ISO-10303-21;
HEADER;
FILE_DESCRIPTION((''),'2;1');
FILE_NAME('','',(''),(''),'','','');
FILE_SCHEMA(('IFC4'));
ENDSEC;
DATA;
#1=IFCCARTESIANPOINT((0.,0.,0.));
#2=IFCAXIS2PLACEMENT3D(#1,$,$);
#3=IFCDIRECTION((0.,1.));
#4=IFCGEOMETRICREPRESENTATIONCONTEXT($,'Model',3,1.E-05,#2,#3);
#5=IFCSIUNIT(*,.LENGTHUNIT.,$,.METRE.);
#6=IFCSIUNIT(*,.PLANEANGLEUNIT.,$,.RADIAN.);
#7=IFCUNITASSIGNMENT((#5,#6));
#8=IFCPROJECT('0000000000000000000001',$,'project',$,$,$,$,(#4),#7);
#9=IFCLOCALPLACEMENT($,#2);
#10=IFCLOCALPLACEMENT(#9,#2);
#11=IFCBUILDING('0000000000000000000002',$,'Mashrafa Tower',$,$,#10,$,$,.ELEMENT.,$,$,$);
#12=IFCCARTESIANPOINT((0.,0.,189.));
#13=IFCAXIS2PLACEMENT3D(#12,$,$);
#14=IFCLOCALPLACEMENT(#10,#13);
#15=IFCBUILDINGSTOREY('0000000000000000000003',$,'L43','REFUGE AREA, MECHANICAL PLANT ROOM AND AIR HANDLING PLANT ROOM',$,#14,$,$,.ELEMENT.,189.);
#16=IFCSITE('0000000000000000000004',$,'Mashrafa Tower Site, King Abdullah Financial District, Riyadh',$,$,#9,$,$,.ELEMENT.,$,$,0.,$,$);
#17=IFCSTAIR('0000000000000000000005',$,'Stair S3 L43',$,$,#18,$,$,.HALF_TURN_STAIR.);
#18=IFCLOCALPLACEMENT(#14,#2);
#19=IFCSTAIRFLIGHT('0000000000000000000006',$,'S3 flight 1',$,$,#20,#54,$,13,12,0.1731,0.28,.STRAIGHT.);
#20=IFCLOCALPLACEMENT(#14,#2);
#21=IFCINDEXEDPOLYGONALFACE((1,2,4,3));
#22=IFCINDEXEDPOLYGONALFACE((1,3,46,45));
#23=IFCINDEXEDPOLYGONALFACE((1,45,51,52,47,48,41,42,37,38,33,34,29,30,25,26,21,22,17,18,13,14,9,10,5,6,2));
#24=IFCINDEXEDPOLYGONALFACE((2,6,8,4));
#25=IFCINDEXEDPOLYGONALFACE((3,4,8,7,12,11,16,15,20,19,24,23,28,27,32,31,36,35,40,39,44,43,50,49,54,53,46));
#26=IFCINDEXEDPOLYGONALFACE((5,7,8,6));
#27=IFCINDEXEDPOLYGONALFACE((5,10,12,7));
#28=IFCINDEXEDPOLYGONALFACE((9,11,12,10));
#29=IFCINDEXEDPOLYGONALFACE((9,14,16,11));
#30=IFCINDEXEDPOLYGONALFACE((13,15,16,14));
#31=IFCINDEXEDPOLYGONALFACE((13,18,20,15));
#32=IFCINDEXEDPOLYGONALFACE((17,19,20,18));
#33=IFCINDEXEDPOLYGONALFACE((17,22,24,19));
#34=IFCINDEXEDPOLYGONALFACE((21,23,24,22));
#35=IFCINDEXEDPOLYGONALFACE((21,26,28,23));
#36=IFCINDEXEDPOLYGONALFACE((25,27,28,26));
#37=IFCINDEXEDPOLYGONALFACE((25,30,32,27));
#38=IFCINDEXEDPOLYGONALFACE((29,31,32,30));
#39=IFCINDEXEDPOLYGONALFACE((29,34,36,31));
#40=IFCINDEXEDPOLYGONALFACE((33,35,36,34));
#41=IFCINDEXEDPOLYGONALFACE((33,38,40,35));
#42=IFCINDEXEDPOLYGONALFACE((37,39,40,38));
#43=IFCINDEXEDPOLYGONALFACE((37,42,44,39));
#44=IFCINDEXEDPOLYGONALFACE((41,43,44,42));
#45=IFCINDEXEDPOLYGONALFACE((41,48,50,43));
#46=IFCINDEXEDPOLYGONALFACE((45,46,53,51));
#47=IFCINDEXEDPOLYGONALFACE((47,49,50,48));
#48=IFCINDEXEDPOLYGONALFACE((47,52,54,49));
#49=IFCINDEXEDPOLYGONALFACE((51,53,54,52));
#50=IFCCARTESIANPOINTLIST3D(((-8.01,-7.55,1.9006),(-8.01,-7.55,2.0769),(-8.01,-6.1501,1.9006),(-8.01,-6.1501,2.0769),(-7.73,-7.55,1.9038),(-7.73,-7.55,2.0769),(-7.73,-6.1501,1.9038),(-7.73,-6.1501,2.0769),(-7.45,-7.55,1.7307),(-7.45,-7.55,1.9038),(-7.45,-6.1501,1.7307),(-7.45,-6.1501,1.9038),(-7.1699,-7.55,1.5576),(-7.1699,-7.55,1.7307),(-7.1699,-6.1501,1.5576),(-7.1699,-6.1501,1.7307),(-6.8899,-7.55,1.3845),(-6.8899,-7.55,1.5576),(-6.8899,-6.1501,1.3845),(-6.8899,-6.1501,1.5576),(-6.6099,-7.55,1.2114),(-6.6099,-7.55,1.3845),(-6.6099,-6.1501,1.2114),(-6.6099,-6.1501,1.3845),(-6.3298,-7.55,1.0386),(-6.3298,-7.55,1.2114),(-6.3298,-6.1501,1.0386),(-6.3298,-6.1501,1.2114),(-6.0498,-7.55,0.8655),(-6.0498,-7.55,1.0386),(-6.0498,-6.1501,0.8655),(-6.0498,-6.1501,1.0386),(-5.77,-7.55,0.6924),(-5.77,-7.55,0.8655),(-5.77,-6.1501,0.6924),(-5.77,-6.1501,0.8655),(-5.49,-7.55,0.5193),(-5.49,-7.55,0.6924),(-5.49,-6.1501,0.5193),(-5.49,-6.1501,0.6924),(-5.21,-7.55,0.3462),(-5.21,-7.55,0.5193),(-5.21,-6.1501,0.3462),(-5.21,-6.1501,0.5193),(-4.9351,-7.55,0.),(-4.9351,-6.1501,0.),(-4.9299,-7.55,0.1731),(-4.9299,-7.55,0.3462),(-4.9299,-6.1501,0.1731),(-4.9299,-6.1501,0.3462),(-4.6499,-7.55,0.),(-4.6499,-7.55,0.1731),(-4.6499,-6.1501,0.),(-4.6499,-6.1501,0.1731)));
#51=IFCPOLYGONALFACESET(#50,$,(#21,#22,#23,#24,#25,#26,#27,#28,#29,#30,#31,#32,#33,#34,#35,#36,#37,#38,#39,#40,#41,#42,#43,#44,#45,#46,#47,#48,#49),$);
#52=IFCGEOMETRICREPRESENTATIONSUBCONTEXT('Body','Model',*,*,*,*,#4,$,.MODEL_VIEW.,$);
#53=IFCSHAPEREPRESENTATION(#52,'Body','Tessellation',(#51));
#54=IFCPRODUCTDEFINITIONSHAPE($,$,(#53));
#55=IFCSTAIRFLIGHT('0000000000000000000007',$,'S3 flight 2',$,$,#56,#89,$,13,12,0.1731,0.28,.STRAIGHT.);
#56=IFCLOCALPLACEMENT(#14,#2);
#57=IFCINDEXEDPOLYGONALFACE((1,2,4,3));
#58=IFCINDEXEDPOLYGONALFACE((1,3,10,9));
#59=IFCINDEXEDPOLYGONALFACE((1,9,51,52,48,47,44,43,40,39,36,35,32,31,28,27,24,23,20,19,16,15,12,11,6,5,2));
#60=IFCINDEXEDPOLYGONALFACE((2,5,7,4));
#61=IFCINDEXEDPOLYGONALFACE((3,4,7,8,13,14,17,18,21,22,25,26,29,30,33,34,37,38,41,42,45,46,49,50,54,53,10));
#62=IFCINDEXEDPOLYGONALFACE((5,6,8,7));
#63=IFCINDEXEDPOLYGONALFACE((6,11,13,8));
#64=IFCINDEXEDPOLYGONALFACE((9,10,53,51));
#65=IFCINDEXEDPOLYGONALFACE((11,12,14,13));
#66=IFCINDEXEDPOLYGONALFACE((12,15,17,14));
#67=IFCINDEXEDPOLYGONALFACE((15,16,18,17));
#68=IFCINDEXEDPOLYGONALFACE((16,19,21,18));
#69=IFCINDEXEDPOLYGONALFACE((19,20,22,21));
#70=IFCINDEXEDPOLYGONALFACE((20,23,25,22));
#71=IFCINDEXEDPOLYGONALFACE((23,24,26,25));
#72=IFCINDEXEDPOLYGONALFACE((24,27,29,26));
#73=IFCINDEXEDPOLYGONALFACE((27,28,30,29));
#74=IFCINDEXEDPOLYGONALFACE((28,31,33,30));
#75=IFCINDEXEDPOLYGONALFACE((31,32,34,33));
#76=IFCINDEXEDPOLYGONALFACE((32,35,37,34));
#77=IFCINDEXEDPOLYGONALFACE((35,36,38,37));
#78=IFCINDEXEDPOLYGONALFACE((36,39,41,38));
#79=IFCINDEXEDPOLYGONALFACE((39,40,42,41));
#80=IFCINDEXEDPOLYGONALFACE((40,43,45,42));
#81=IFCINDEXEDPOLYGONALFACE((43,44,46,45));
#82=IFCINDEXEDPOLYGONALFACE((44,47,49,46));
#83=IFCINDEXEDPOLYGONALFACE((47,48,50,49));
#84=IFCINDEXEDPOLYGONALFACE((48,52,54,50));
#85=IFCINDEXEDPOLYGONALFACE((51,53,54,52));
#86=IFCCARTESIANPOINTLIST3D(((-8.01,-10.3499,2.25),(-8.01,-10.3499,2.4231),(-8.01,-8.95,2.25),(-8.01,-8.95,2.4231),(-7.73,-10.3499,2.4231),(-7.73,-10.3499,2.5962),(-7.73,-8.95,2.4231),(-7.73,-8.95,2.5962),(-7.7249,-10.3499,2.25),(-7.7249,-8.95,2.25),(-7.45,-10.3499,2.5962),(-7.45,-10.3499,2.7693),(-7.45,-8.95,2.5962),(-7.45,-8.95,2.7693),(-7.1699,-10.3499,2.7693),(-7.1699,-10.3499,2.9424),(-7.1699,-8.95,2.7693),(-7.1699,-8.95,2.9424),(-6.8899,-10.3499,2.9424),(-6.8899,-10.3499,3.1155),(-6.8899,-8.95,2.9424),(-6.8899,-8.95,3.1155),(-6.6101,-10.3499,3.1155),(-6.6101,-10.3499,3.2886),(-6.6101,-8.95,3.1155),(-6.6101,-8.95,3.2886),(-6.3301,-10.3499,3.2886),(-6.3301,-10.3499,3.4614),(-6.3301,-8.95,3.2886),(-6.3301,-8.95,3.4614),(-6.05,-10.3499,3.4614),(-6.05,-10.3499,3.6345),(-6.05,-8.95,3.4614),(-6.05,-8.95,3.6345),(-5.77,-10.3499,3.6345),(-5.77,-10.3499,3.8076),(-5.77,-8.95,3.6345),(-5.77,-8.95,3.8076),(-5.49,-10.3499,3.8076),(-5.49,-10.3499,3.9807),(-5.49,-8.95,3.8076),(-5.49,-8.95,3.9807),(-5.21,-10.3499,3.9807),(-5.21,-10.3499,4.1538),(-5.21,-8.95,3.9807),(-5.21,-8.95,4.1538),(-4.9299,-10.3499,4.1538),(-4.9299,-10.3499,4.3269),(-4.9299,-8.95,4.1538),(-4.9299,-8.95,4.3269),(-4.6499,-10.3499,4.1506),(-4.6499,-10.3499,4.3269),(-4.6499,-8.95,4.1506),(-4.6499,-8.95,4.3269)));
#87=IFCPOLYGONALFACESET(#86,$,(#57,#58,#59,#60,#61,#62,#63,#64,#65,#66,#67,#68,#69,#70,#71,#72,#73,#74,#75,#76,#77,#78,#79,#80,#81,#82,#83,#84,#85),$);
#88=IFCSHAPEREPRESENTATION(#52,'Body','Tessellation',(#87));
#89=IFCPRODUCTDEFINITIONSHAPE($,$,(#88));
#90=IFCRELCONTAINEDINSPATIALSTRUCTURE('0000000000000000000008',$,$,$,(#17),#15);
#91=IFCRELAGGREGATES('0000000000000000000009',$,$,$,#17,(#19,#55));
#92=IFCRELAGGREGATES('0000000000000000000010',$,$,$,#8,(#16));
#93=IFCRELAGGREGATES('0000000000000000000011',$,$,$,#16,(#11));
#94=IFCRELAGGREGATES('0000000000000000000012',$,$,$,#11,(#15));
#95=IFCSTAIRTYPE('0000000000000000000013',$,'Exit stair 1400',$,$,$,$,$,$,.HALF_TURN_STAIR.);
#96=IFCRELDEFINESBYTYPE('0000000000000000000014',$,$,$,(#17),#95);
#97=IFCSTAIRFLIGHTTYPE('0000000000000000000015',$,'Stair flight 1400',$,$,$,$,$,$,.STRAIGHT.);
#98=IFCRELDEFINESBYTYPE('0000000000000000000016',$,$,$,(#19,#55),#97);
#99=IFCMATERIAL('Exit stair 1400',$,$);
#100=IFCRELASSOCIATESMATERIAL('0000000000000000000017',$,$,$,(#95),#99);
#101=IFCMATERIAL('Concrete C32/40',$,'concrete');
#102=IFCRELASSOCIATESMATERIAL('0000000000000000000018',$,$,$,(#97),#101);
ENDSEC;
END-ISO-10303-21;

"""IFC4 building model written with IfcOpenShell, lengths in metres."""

from ifc_helpers import new_model, si_unit, direction, frame, origin, place, context, subcontext, project, spatial, polyline, outline, extrude, material, type_object, element, aggregate, save


model = new_model("IFC4")

# Units and contexts
model_context = context("Model", 3, precision=1e-05, world=origin(), true_north=direction((0.0, 1.0)))
body_context = subcontext(model_context, "Body", "Model", "MODEL_VIEW")
ifc_project = project(units=[si_unit("LENGTHUNIT", "METRE"), si_unit("PLANEANGLEUNIT", "RADIAN")], contexts=[model_context])

# Site, building, storey
site_placement = place(None, origin())
site = spatial("IfcSite", under=ifc_project, at=site_placement, Name="Mashrafa Tower Site, King Abdullah Financial District, Riyadh", CompositionType="ELEMENT", RefElevation=0.0)
building_placement = place(site_placement, origin())
building = spatial("IfcBuilding", under=site, at=building_placement, Name="Mashrafa Tower", CompositionType="ELEMENT")
storey_placement = place(building_placement, frame((0.0, 0.0, 189.0)))
storey = spatial("IfcBuildingStorey", under=building, at=storey_placement, Name="L43", Description="REFUGE AREA, MECHANICAL PLANT ROOM AND AIR HANDLING PLANT ROOM", CompositionType="ELEMENT", Elevation=189.0)

# Stair, stair flights
ifc_material_1 = material(Name="Exit stair 1400")
stair_type = type_object("IfcStairType", Name="Exit stair 1400", PredefinedType="HALF_TURN_STAIR", material=ifc_material_1)
stair_placement = place(storey_placement, origin())
stair = element("IfcStair", 1, at=stair_placement, inside=storey, type_object=stair_type, Name="Stair S3 L43", PredefinedType="HALF_TURN_STAIR")
ifc_material_2 = material(Name="Concrete C32/40", Category="concrete")
stair_flight_type = type_object("IfcStairFlightType", Name="Stair flight 1400", PredefinedType="STRAIGHT", material=ifc_material_2)
stair_flight_1_placement = place(storey_placement, frame((-4.6499, -6.8501, 0.0), z_axis=(0.0, 0.0, 1.0), x_axis=(-1.0, 0.0, 0.0)))
stair_flight_1 = element("IfcStairFlight", 2, at=stair_flight_1_placement, type_object=stair_flight_type, Name="S3 flight 1", NumberOfRisers=13, NumberOfTreads=12, PredefinedType="STRAIGHT", RiserHeight=0.1731, TreadLength=0.28, context=body_context, shape_type="SweptSolid", body=[
    extrude(outline(polyline([(0.0, 0.0), (0.0, 0.1731), (0.28, 0.1731), (0.28, 0.3462), (0.5601, 0.3462), (0.5601, 0.5193), (0.8401, 0.5193), (0.8401, 0.6924), (1.1201, 0.6924), (1.1201, 0.8655), (1.3999, 0.8655), (1.3999, 1.0386), (1.6799, 1.0386), (1.6799, 1.2114), (1.96, 1.2114), (1.96, 1.3845), (2.24, 1.3845), (2.24, 1.5576), (2.52, 1.5576), (2.52, 1.7307), (2.8, 1.7307), (2.8, 1.9038), (3.0801, 1.9038), (3.0801, 2.0769), (3.3601, 2.0769), (3.3601, 2.25), (3.3601, 1.9006), (0.2852, 0.0), (0.0, 0.0)])), frame((0.0, 0.7, 0.0), z_axis=(0.0, -1.0, 0.0), x_axis=(1.0, 0.0, 0.0)), (0.0, 0.0, 1.0), 1.3999),
])
stair_flight_2_placement = place(storey_placement, frame((-8.01, -9.6499, 2.25), z_axis=(0.0, 0.0, 1.0), x_axis=(1.0, 0.0, 0.0)))
stair_flight_2 = element("IfcStairFlight", 3, at=stair_flight_2_placement, type_object=stair_flight_type, Name="S3 flight 2", NumberOfRisers=13, NumberOfTreads=12, PredefinedType="STRAIGHT", RiserHeight=0.1731, TreadLength=0.28, context=body_context, shape_type="SweptSolid", body=[
    extrude(outline(polyline([(0.0, 0.0), (0.0, 0.1731), (0.28, 0.1731), (0.28, 0.3462), (0.5601, 0.3462), (0.5601, 0.5193), (0.8401, 0.5193), (0.8401, 0.6924), (1.1201, 0.6924), (1.1201, 0.8655), (1.3999, 0.8655), (1.3999, 1.0386), (1.6799, 1.0386), (1.6799, 1.2114), (1.96, 1.2114), (1.96, 1.3845), (2.24, 1.3845), (2.24, 1.5576), (2.52, 1.5576), (2.52, 1.7307), (2.8, 1.7307), (2.8, 1.9038), (3.0801, 1.9038), (3.0801, 2.0769), (3.3601, 2.0769), (3.3601, 2.25), (3.3601, 1.9006), (0.2852, 0.0), (0.0, 0.0)])), frame((0.0, 0.7, 0.0), z_axis=(0.0, -1.0, 0.0), x_axis=(1.0, 0.0, 0.0)), (0.0, 0.0, 1.0), 1.3999),
])
aggregate(stair, [stair_flight_1, stair_flight_2])

save(model, "model.ifc")
